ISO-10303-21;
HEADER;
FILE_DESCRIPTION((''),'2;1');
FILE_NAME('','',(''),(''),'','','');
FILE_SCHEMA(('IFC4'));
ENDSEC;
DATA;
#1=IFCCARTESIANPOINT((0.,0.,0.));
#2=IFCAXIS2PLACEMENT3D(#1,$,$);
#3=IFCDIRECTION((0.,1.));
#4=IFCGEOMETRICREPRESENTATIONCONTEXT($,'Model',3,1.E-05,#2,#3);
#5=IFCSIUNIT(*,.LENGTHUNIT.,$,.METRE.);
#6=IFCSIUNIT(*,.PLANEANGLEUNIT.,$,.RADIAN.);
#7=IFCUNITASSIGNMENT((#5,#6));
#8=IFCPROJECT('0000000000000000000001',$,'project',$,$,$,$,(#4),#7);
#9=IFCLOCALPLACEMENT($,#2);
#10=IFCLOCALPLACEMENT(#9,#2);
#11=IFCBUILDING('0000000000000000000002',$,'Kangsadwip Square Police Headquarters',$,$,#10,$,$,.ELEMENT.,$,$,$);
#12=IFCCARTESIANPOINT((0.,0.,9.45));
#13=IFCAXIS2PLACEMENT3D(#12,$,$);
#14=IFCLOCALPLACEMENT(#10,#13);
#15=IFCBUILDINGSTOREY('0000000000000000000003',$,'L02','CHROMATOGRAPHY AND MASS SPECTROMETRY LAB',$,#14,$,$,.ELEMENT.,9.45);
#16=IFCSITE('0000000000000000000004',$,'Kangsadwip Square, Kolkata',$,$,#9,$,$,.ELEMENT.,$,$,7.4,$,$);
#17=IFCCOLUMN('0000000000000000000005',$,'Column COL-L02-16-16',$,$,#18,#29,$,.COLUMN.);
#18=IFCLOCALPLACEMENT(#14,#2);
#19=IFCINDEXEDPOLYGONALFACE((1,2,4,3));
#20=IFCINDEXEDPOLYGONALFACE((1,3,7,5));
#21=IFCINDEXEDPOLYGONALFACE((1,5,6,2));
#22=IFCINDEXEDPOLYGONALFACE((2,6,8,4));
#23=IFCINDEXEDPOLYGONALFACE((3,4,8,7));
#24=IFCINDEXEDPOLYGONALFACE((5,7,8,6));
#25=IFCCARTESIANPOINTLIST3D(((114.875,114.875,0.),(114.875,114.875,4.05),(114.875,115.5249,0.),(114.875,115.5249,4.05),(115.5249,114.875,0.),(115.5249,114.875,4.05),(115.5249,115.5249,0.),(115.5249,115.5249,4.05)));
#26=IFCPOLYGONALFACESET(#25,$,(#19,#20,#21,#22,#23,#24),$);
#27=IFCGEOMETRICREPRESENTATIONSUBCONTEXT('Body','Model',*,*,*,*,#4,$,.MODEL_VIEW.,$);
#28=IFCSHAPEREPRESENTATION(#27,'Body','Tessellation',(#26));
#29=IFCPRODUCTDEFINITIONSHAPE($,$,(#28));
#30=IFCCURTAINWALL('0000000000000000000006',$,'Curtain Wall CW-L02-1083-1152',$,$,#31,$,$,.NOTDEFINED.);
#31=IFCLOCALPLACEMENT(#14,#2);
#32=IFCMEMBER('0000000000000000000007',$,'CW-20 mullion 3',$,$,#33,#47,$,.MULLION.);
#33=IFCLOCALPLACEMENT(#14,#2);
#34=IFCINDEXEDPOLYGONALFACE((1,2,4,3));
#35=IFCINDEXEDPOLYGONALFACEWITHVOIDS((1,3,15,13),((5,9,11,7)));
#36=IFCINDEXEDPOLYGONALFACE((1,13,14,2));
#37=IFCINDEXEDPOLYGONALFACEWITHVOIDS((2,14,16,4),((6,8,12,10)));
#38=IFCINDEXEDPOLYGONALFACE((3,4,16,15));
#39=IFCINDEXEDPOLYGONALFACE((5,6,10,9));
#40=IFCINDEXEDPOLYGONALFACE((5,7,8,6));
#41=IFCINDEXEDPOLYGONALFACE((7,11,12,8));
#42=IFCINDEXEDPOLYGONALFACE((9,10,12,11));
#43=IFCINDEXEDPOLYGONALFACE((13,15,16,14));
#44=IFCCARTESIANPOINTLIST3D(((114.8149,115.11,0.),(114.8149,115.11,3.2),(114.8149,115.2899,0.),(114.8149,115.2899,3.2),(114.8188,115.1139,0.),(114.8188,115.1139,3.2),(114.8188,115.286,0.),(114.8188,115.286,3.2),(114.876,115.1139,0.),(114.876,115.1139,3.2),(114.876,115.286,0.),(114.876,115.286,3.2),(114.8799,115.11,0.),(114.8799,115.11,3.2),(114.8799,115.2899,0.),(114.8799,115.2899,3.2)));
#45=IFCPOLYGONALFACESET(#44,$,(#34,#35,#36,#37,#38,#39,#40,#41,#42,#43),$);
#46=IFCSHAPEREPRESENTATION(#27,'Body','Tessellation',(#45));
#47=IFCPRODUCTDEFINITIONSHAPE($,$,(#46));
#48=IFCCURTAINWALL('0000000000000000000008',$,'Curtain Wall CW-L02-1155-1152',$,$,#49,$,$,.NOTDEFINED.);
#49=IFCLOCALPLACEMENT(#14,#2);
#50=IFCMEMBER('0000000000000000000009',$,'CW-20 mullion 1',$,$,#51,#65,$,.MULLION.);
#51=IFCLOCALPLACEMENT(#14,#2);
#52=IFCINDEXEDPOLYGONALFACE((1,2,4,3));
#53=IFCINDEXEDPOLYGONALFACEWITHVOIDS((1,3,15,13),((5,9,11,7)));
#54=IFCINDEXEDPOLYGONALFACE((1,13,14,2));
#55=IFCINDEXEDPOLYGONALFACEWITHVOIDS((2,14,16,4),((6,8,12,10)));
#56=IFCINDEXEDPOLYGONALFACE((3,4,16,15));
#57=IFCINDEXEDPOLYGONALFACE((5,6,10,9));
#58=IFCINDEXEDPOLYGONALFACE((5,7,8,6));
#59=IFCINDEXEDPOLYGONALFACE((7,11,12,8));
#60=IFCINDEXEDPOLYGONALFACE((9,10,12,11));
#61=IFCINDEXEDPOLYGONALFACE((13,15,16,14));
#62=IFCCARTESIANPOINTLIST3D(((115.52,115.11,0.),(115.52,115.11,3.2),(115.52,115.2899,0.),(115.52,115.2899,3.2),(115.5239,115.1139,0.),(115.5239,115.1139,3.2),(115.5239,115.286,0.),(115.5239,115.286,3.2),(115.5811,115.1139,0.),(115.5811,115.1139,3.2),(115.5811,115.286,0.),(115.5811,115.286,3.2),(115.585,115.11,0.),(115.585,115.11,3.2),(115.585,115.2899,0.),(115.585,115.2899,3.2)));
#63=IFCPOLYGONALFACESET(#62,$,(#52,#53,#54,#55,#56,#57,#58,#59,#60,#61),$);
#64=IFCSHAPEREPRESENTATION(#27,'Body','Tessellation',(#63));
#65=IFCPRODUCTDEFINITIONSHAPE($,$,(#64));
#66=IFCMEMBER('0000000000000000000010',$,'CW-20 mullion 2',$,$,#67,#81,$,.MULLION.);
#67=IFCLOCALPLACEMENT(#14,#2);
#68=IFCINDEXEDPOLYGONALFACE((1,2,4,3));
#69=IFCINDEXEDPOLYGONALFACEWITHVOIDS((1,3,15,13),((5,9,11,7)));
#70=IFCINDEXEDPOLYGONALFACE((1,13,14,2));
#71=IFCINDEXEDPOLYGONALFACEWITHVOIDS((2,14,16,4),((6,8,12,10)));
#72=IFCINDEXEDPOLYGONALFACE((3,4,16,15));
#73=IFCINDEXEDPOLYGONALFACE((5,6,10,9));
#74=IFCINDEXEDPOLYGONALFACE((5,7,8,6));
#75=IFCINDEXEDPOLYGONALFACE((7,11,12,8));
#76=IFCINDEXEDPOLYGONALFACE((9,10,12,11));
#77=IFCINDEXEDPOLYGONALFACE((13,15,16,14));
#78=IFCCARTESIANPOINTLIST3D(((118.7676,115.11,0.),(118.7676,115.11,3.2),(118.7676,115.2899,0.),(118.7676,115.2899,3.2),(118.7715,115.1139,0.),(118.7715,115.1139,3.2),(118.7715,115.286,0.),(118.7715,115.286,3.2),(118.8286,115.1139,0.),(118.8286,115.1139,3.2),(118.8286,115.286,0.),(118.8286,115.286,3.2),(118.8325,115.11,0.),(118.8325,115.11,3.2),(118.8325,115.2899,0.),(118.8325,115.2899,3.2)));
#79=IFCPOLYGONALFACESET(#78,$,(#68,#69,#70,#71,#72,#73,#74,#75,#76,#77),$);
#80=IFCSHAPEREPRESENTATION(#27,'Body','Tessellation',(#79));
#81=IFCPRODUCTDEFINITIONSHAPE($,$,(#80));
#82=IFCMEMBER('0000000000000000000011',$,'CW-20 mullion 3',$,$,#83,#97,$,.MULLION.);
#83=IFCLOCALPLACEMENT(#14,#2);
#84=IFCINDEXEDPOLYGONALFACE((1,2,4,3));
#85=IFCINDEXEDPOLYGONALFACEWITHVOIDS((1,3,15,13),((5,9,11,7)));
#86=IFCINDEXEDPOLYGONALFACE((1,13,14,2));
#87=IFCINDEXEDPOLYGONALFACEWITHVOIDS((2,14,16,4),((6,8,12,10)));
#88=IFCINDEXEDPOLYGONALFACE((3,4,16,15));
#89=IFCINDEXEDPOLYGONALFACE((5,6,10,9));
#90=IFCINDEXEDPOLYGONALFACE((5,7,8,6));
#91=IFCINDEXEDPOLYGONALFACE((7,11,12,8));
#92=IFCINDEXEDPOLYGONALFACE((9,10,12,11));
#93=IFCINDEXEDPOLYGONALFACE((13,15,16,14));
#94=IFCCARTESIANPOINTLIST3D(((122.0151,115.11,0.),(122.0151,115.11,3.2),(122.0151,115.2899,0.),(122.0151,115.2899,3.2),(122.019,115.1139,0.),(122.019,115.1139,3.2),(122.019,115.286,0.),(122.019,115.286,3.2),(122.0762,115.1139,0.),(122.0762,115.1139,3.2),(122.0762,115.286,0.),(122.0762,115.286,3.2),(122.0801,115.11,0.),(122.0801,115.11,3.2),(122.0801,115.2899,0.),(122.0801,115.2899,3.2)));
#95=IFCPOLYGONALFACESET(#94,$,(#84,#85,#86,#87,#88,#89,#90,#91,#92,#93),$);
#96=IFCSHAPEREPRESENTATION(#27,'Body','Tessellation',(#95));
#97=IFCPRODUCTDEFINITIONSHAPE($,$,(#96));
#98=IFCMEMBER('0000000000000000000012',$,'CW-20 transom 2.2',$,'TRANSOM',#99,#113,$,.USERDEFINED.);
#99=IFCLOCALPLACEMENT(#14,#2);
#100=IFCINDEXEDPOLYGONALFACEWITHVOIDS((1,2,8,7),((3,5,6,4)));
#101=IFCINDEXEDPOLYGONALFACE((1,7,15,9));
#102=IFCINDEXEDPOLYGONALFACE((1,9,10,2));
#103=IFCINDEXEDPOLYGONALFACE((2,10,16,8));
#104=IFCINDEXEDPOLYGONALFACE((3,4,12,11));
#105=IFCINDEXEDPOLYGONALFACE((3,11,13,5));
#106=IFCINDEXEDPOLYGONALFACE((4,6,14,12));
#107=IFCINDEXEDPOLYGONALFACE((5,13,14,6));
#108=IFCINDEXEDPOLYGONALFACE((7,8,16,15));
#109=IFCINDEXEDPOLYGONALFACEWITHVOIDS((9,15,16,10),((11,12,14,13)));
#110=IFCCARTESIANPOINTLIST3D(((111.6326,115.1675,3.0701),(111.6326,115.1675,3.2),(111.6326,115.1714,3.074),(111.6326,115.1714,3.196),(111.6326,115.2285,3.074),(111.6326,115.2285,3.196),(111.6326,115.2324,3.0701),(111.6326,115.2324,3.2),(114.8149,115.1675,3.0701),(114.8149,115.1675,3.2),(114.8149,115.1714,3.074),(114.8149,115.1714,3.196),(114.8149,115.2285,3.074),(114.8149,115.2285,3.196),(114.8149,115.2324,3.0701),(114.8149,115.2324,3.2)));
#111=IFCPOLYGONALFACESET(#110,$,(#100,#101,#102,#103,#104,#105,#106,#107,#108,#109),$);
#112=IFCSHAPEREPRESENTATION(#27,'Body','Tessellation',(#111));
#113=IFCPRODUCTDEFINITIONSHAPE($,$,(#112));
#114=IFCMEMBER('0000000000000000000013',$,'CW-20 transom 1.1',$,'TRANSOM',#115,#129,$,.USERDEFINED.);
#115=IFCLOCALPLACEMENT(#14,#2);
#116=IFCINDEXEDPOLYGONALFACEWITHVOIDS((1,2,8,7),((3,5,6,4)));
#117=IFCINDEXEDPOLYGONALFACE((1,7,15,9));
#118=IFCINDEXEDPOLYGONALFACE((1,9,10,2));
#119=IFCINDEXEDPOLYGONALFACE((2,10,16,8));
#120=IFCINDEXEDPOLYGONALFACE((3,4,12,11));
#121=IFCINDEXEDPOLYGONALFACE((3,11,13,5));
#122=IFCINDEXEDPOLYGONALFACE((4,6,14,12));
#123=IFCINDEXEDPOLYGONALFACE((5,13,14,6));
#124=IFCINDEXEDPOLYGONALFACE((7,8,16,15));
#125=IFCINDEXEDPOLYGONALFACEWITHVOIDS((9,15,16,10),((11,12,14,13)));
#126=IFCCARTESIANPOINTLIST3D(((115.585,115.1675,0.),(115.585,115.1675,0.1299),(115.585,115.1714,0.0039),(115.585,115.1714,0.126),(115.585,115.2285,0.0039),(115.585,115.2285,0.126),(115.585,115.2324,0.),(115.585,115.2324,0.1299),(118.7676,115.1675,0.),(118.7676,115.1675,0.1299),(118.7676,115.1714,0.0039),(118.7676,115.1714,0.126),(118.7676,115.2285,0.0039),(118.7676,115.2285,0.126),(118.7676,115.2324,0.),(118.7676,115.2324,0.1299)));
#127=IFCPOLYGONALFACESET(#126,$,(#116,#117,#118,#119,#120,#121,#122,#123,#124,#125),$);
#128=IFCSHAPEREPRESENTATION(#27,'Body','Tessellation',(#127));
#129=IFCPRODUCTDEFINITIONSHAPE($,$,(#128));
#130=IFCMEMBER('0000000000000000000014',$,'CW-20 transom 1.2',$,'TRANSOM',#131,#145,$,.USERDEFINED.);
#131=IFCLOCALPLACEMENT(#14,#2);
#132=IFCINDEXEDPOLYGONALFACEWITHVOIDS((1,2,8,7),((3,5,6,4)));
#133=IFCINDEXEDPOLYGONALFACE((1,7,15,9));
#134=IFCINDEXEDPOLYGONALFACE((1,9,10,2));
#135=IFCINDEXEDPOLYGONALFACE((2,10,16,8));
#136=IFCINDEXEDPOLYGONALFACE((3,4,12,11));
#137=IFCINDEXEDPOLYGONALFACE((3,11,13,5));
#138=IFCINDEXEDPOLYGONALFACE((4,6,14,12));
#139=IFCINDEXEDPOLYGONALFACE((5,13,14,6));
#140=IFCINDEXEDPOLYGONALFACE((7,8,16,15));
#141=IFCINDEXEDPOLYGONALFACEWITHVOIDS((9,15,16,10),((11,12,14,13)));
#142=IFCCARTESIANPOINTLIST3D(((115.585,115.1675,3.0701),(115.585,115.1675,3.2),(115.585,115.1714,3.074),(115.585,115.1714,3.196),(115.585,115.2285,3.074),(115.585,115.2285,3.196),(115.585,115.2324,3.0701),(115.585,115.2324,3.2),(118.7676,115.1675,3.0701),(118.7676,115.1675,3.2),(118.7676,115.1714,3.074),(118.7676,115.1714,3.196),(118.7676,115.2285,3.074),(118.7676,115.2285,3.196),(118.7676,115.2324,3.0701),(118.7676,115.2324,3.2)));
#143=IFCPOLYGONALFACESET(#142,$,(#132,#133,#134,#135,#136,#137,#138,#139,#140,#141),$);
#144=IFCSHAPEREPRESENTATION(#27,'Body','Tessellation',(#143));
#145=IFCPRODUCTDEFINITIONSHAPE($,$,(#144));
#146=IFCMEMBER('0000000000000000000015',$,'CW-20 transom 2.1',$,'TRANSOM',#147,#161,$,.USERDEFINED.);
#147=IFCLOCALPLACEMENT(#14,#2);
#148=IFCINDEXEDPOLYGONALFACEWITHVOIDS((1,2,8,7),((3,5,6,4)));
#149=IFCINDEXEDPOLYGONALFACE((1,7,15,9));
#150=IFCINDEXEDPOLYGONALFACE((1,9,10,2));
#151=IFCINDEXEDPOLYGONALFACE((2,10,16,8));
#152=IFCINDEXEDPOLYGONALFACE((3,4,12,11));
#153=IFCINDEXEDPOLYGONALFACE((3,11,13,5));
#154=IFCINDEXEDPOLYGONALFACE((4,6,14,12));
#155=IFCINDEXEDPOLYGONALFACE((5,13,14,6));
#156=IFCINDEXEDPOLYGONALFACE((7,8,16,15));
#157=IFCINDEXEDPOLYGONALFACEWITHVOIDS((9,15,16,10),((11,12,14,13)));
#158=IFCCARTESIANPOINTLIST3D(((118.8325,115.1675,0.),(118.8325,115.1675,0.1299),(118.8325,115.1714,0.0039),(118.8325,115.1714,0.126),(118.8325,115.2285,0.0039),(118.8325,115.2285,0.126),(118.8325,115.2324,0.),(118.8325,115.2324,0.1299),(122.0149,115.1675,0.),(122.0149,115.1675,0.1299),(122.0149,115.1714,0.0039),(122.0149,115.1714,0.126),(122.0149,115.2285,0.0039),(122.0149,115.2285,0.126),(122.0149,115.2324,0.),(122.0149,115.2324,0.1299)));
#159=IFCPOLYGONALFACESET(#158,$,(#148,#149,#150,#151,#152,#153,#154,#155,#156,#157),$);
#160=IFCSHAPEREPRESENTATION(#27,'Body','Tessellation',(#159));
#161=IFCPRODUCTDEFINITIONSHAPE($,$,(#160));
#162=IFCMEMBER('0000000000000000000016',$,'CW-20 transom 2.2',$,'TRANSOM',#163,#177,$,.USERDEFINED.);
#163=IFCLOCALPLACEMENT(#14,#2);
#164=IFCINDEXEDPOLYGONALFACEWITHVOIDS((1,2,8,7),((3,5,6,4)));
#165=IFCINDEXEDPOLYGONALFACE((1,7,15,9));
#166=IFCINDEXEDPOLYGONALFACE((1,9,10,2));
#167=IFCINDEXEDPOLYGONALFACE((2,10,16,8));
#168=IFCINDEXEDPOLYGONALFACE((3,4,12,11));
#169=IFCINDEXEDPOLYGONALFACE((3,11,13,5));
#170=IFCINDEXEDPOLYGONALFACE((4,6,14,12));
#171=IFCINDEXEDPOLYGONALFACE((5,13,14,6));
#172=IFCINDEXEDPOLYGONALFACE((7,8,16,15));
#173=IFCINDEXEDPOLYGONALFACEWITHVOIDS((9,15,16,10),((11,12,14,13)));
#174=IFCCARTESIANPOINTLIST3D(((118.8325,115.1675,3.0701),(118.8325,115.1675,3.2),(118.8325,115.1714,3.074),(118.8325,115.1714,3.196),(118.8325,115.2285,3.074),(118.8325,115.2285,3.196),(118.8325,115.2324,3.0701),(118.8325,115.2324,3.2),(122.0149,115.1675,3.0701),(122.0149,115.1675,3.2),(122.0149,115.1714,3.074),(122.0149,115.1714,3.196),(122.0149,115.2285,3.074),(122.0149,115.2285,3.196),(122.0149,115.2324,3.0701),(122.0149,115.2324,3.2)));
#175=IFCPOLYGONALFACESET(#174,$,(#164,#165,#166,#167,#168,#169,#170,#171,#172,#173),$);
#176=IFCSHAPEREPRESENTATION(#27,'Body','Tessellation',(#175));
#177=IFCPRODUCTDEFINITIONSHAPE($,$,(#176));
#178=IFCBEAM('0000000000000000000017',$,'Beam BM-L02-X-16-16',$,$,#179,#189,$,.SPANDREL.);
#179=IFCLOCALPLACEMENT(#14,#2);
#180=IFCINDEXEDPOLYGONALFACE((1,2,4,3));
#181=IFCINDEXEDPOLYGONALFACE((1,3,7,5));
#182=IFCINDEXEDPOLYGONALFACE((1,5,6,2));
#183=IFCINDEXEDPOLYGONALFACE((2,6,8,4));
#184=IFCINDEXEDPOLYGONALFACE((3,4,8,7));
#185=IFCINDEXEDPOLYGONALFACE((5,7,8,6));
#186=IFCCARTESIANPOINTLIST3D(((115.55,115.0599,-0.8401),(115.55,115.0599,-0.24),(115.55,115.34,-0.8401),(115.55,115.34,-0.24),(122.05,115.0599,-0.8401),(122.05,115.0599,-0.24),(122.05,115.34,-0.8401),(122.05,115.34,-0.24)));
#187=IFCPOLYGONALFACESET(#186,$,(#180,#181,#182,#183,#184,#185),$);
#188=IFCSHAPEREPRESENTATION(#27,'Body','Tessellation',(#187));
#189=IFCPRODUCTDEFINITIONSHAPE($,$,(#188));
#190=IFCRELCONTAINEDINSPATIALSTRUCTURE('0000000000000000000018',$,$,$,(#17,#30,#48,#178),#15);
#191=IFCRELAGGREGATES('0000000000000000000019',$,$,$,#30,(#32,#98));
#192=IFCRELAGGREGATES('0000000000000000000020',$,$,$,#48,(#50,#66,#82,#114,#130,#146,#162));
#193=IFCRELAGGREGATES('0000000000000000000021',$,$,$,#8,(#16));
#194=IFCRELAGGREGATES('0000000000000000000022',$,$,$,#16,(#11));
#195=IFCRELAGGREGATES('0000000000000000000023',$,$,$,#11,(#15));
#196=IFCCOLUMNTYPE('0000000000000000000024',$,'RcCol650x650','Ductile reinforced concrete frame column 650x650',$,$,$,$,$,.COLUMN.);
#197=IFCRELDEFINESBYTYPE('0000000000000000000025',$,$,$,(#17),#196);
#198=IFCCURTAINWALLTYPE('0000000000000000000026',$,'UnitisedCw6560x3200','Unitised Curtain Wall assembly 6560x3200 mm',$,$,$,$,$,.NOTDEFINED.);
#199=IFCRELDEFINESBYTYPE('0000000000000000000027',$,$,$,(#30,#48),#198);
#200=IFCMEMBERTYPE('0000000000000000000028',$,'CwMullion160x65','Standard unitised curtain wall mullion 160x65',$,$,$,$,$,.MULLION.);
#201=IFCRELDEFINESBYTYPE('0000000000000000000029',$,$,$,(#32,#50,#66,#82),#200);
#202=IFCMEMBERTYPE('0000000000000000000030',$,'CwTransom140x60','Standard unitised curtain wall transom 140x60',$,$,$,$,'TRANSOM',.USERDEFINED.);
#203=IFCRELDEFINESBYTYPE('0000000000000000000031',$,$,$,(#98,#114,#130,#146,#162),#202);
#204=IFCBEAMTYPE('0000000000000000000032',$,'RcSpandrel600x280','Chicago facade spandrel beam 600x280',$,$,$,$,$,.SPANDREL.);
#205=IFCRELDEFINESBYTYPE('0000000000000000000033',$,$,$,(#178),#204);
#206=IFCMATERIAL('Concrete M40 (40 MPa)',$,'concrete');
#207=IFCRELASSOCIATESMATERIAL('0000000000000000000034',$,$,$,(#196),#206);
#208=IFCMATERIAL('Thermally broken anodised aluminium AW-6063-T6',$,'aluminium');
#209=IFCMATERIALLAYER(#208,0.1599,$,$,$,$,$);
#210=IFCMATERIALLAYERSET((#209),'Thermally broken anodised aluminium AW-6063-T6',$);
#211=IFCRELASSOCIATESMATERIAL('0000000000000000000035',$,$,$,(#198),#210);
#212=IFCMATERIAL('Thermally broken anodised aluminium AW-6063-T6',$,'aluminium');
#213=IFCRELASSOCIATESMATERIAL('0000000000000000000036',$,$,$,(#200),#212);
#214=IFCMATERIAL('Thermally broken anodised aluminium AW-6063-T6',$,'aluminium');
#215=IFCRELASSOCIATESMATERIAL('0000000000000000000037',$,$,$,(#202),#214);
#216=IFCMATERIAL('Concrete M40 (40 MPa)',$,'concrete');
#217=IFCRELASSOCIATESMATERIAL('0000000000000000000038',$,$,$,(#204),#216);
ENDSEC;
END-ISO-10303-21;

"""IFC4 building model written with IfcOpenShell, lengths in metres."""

from ifc_helpers import new_model, si_unit, direction, frame, origin, origin_2d, place, context, subcontext, project, spatial, rectangle, hollow_rectangle, extrude, material, layer, layer_set, material_profile, profile_set, type_object, element, aggregate, save


model = new_model("IFC4")

# Units and contexts
model_context = context("Model", 3, precision=1e-05, world=origin(), true_north=direction((0.0, 1.0)))
body_context = subcontext(model_context, "Body", "Model", "MODEL_VIEW")
ifc_project = project(units=[si_unit("LENGTHUNIT", "METRE"), si_unit("PLANEANGLEUNIT", "RADIAN")], contexts=[model_context])

# Site, building, storey
site_placement = place(None, origin())
site = spatial("IfcSite", under=ifc_project, at=site_placement, Name="Kangsadwip Square, Kolkata", CompositionType="ELEMENT", RefElevation=7.4)
building_placement = place(site_placement, origin())
building = spatial("IfcBuilding", under=site, at=building_placement, Name="Kangsadwip Square Police Headquarters", CompositionType="ELEMENT")
storey_placement = place(building_placement, frame((0.0, 0.0, 9.45)))
storey = spatial("IfcBuildingStorey", under=building, at=storey_placement, Name="L02", Description="CHROMATOGRAPHY AND MASS SPECTROMETRY LAB", CompositionType="ELEMENT", Elevation=9.45)

# Column
ifc_material_1 = material(Name="Concrete M40 (40 MPa)", Category="concrete")
ifc_material_profile_1 = material_profile(ifc_material_1, rectangle(XDim=0.6499, YDim=0.6499, at=origin_2d()), Name="RC COL 650X650")
ifc_profile_set_1 = profile_set([ifc_material_profile_1], Name="Concrete M40 (40 MPa)")
column_type = type_object("IfcColumnType", Name="RcCol650x650", Description="Ductile reinforced concrete frame column 650x650", PredefinedType="COLUMN", material=ifc_profile_set_1)
column_placement = place(storey_placement, frame((115.2, 115.2, 0.0), z_axis=(0.0, 0.0, 1.0), x_axis=(1.0, 0.0, 0.0)))
element("IfcColumn", 1, at=column_placement, inside=storey, type_object=column_type, Name="Column COL-L02-16-16", PredefinedType="COLUMN", context=body_context, shape_type="SweptSolid", body=[
    extrude(rectangle(XDim=0.6499, YDim=0.6499, at=origin_2d()), origin(), (0.0, 0.0, 1.0), 4.05),
])

# Curtain wall, member
ifc_material_2 = material(Name="Thermally broken anodised aluminium AW-6063-T6", Category="aluminium")
ifc_layer_1 = layer(ifc_material_2, 0.1599)
ifc_layer_set_1 = layer_set([ifc_layer_1], Name="Thermally broken anodised aluminium AW-6063-T6")
curtain_wall_type = type_object("IfcCurtainWallType", Name="UnitisedCw6560x3200", Description="Unitised Curtain Wall assembly 6560x3200 mm", PredefinedType="NOTDEFINED", material=ifc_layer_set_1)
curtain_wall_1_placement = place(storey_placement, origin())
curtain_wall_1 = element("IfcCurtainWall", 2, at=curtain_wall_1_placement, inside=storey, type_object=curtain_wall_type, Name="Curtain Wall CW-L02-1083-1152", PredefinedType="NOTDEFINED")
ifc_material_3 = material(Name="Thermally broken anodised aluminium AW-6063-T6", Category="aluminium")
ifc_material_profile_2 = material_profile(ifc_material_3, hollow_rectangle(XDim=0.0649, YDim=0.1799, WallThickness=0.0039, at=origin_2d()), Name="CWM 180X65X4")
ifc_profile_set_2 = profile_set([ifc_material_profile_2], Name="Thermally broken anodised aluminium AW-6063-T6")
member_type_1 = type_object("IfcMemberType", Name="CwMullion160x65", Description="Standard unitised curtain wall mullion 160x65", PredefinedType="MULLION", material=ifc_profile_set_2)
member_1_placement = place(storey_placement, frame((114.8474, 115.2, 0.0), z_axis=(0.0, 0.0, 1.0), x_axis=(1.0, 0.0, 0.0)))
member_1 = element("IfcMember", 3, at=member_1_placement, type_object=member_type_1, Name="CW-20 mullion 3", PredefinedType="MULLION", context=body_context, shape_type="SweptSolid", body=[
    extrude(hollow_rectangle(XDim=0.0649, YDim=0.1799, WallThickness=0.0039, at=origin_2d()), origin(), (0.0, 0.0, 1.0), 3.2),
])

# Curtain wall, members
curtain_wall_2_placement = place(storey_placement, origin())
curtain_wall_2 = element("IfcCurtainWall", 4, at=curtain_wall_2_placement, inside=storey, type_object=curtain_wall_type, Name="Curtain Wall CW-L02-1155-1152", PredefinedType="NOTDEFINED")
member_2_placement = place(storey_placement, frame((115.5525, 115.2, 0.0), z_axis=(0.0, 0.0, 1.0), x_axis=(1.0, 0.0, 0.0)))
member_2 = element("IfcMember", 5, at=member_2_placement, type_object=member_type_1, Name="CW-20 mullion 1", PredefinedType="MULLION", context=body_context, shape_type="SweptSolid", body=[
    extrude(hollow_rectangle(XDim=0.0649, YDim=0.1799, WallThickness=0.0039, at=origin_2d()), origin(), (0.0, 0.0, 1.0), 3.2),
])
member_3_placement = place(storey_placement, frame((118.8, 115.2, 0.0), z_axis=(0.0, 0.0, 1.0), x_axis=(1.0, 0.0, 0.0)))
member_3 = element("IfcMember", 6, at=member_3_placement, type_object=member_type_1, Name="CW-20 mullion 2", PredefinedType="MULLION", context=body_context, shape_type="SweptSolid", body=[
    extrude(hollow_rectangle(XDim=0.0649, YDim=0.1799, WallThickness=0.0039, at=origin_2d()), origin(), (0.0, 0.0, 1.0), 3.2),
])
member_4_placement = place(storey_placement, frame((122.0476, 115.2, 0.0), z_axis=(0.0, 0.0, 1.0), x_axis=(1.0, 0.0, 0.0)))
member_4 = element("IfcMember", 7, at=member_4_placement, type_object=member_type_1, Name="CW-20 mullion 3", PredefinedType="MULLION", context=body_context, shape_type="SweptSolid", body=[
    extrude(hollow_rectangle(XDim=0.0649, YDim=0.1799, WallThickness=0.0039, at=origin_2d()), origin(), (0.0, 0.0, 1.0), 3.2),
])

# Members
ifc_material_4 = material(Name="Thermally broken anodised aluminium AW-6063-T6", Category="aluminium")
ifc_material_profile_3 = material_profile(ifc_material_4, hollow_rectangle(XDim=0.0649, YDim=0.1299, WallThickness=0.0039, at=origin_2d()), Name="CWT 130X65X4")
ifc_profile_set_3 = profile_set([ifc_material_profile_3], Name="Thermally broken anodised aluminium AW-6063-T6")
member_type_2 = type_object("IfcMemberType", Name="CwTransom140x60", Description="Standard unitised curtain wall transom 140x60", ElementType="TRANSOM", PredefinedType="USERDEFINED", material=ifc_profile_set_3)
member_5_placement = place(storey_placement, frame((111.6326, 115.2, 3.135), z_axis=(1.0, 0.0, 0.0), x_axis=(0.0, 1.0, 0.0)))
member_5 = element("IfcMember", 8, at=member_5_placement, type_object=member_type_2, Name="CW-20 transom 2.2", ObjectType="TRANSOM", PredefinedType="USERDEFINED", context=body_context, shape_type="SweptSolid", body=[
    extrude(hollow_rectangle(XDim=0.0649, YDim=0.1299, WallThickness=0.0039, at=origin_2d()), origin(), (0.0, 0.0, 1.0), 3.1824),
])
member_6_placement = place(storey_placement, frame((115.585, 115.2, 0.0649), z_axis=(1.0, 0.0, 0.0), x_axis=(0.0, 1.0, 0.0)))
member_6 = element("IfcMember", 9, at=member_6_placement, type_object=member_type_2, Name="CW-20 transom 1.1", ObjectType="TRANSOM", PredefinedType="USERDEFINED", context=body_context, shape_type="SweptSolid", body=[
    extrude(hollow_rectangle(XDim=0.0649, YDim=0.1299, WallThickness=0.0039, at=origin_2d()), origin(), (0.0, 0.0, 1.0), 3.1826),
])
member_7_placement = place(storey_placement, frame((115.585, 115.2, 3.135), z_axis=(1.0, 0.0, 0.0), x_axis=(0.0, 1.0, 0.0)))
member_7 = element("IfcMember", 10, at=member_7_placement, type_object=member_type_2, Name="CW-20 transom 1.2", ObjectType="TRANSOM", PredefinedType="USERDEFINED", context=body_context, shape_type="SweptSolid", body=[
    extrude(hollow_rectangle(XDim=0.0649, YDim=0.1299, WallThickness=0.0039, at=origin_2d()), origin(), (0.0, 0.0, 1.0), 3.1826),
])
member_8_placement = place(storey_placement, frame((118.8325, 115.2, 0.0649), z_axis=(1.0, 0.0, 0.0), x_axis=(0.0, 1.0, 0.0)))
member_8 = element("IfcMember", 11, at=member_8_placement, type_object=member_type_2, Name="CW-20 transom 2.1", ObjectType="TRANSOM", PredefinedType="USERDEFINED", context=body_context, shape_type="SweptSolid", body=[
    extrude(hollow_rectangle(XDim=0.0649, YDim=0.1299, WallThickness=0.0039, at=origin_2d()), origin(), (0.0, 0.0, 1.0), 3.1824),
])
member_9_placement = place(storey_placement, frame((118.8325, 115.2, 3.135), z_axis=(1.0, 0.0, 0.0), x_axis=(0.0, 1.0, 0.0)))
member_9 = element("IfcMember", 12, at=member_9_placement, type_object=member_type_2, Name="CW-20 transom 2.2", ObjectType="TRANSOM", PredefinedType="USERDEFINED", context=body_context, shape_type="SweptSolid", body=[
    extrude(hollow_rectangle(XDim=0.0649, YDim=0.1299, WallThickness=0.0039, at=origin_2d()), origin(), (0.0, 0.0, 1.0), 3.1824),
])

# Beam
ifc_material_5 = material(Name="Concrete M40 (40 MPa)", Category="concrete")
ifc_material_profile_4 = material_profile(ifc_material_5, rectangle(XDim=0.28, YDim=0.6001, at=origin_2d()), Name="RC SPN 600X280")
ifc_profile_set_4 = profile_set([ifc_material_profile_4], Name="Concrete M40 (40 MPa)")
beam_type = type_object("IfcBeamType", Name="RcSpandrel600x280", Description="Chicago facade spandrel beam 600x280", PredefinedType="SPANDREL", material=ifc_profile_set_4)
beam_placement = place(storey_placement, frame((115.55, 115.2, -0.54), z_axis=(1.0, 0.0, 0.0), x_axis=(0.0, 1.0, 0.0)))
element("IfcBeam", 13, at=beam_placement, inside=storey, type_object=beam_type, Name="Beam BM-L02-X-16-16", PredefinedType="SPANDREL", context=body_context, shape_type="SweptSolid", body=[
    extrude(rectangle(XDim=0.28, YDim=0.6001, at=origin_2d()), origin(), (0.0, 0.0, 1.0), 6.5),
])

aggregate(curtain_wall_1, [member_1, member_5])
aggregate(curtain_wall_2, [member_2, member_3, member_4, member_6, member_7, member_8, member_9])

save(model, "model.ifc")
